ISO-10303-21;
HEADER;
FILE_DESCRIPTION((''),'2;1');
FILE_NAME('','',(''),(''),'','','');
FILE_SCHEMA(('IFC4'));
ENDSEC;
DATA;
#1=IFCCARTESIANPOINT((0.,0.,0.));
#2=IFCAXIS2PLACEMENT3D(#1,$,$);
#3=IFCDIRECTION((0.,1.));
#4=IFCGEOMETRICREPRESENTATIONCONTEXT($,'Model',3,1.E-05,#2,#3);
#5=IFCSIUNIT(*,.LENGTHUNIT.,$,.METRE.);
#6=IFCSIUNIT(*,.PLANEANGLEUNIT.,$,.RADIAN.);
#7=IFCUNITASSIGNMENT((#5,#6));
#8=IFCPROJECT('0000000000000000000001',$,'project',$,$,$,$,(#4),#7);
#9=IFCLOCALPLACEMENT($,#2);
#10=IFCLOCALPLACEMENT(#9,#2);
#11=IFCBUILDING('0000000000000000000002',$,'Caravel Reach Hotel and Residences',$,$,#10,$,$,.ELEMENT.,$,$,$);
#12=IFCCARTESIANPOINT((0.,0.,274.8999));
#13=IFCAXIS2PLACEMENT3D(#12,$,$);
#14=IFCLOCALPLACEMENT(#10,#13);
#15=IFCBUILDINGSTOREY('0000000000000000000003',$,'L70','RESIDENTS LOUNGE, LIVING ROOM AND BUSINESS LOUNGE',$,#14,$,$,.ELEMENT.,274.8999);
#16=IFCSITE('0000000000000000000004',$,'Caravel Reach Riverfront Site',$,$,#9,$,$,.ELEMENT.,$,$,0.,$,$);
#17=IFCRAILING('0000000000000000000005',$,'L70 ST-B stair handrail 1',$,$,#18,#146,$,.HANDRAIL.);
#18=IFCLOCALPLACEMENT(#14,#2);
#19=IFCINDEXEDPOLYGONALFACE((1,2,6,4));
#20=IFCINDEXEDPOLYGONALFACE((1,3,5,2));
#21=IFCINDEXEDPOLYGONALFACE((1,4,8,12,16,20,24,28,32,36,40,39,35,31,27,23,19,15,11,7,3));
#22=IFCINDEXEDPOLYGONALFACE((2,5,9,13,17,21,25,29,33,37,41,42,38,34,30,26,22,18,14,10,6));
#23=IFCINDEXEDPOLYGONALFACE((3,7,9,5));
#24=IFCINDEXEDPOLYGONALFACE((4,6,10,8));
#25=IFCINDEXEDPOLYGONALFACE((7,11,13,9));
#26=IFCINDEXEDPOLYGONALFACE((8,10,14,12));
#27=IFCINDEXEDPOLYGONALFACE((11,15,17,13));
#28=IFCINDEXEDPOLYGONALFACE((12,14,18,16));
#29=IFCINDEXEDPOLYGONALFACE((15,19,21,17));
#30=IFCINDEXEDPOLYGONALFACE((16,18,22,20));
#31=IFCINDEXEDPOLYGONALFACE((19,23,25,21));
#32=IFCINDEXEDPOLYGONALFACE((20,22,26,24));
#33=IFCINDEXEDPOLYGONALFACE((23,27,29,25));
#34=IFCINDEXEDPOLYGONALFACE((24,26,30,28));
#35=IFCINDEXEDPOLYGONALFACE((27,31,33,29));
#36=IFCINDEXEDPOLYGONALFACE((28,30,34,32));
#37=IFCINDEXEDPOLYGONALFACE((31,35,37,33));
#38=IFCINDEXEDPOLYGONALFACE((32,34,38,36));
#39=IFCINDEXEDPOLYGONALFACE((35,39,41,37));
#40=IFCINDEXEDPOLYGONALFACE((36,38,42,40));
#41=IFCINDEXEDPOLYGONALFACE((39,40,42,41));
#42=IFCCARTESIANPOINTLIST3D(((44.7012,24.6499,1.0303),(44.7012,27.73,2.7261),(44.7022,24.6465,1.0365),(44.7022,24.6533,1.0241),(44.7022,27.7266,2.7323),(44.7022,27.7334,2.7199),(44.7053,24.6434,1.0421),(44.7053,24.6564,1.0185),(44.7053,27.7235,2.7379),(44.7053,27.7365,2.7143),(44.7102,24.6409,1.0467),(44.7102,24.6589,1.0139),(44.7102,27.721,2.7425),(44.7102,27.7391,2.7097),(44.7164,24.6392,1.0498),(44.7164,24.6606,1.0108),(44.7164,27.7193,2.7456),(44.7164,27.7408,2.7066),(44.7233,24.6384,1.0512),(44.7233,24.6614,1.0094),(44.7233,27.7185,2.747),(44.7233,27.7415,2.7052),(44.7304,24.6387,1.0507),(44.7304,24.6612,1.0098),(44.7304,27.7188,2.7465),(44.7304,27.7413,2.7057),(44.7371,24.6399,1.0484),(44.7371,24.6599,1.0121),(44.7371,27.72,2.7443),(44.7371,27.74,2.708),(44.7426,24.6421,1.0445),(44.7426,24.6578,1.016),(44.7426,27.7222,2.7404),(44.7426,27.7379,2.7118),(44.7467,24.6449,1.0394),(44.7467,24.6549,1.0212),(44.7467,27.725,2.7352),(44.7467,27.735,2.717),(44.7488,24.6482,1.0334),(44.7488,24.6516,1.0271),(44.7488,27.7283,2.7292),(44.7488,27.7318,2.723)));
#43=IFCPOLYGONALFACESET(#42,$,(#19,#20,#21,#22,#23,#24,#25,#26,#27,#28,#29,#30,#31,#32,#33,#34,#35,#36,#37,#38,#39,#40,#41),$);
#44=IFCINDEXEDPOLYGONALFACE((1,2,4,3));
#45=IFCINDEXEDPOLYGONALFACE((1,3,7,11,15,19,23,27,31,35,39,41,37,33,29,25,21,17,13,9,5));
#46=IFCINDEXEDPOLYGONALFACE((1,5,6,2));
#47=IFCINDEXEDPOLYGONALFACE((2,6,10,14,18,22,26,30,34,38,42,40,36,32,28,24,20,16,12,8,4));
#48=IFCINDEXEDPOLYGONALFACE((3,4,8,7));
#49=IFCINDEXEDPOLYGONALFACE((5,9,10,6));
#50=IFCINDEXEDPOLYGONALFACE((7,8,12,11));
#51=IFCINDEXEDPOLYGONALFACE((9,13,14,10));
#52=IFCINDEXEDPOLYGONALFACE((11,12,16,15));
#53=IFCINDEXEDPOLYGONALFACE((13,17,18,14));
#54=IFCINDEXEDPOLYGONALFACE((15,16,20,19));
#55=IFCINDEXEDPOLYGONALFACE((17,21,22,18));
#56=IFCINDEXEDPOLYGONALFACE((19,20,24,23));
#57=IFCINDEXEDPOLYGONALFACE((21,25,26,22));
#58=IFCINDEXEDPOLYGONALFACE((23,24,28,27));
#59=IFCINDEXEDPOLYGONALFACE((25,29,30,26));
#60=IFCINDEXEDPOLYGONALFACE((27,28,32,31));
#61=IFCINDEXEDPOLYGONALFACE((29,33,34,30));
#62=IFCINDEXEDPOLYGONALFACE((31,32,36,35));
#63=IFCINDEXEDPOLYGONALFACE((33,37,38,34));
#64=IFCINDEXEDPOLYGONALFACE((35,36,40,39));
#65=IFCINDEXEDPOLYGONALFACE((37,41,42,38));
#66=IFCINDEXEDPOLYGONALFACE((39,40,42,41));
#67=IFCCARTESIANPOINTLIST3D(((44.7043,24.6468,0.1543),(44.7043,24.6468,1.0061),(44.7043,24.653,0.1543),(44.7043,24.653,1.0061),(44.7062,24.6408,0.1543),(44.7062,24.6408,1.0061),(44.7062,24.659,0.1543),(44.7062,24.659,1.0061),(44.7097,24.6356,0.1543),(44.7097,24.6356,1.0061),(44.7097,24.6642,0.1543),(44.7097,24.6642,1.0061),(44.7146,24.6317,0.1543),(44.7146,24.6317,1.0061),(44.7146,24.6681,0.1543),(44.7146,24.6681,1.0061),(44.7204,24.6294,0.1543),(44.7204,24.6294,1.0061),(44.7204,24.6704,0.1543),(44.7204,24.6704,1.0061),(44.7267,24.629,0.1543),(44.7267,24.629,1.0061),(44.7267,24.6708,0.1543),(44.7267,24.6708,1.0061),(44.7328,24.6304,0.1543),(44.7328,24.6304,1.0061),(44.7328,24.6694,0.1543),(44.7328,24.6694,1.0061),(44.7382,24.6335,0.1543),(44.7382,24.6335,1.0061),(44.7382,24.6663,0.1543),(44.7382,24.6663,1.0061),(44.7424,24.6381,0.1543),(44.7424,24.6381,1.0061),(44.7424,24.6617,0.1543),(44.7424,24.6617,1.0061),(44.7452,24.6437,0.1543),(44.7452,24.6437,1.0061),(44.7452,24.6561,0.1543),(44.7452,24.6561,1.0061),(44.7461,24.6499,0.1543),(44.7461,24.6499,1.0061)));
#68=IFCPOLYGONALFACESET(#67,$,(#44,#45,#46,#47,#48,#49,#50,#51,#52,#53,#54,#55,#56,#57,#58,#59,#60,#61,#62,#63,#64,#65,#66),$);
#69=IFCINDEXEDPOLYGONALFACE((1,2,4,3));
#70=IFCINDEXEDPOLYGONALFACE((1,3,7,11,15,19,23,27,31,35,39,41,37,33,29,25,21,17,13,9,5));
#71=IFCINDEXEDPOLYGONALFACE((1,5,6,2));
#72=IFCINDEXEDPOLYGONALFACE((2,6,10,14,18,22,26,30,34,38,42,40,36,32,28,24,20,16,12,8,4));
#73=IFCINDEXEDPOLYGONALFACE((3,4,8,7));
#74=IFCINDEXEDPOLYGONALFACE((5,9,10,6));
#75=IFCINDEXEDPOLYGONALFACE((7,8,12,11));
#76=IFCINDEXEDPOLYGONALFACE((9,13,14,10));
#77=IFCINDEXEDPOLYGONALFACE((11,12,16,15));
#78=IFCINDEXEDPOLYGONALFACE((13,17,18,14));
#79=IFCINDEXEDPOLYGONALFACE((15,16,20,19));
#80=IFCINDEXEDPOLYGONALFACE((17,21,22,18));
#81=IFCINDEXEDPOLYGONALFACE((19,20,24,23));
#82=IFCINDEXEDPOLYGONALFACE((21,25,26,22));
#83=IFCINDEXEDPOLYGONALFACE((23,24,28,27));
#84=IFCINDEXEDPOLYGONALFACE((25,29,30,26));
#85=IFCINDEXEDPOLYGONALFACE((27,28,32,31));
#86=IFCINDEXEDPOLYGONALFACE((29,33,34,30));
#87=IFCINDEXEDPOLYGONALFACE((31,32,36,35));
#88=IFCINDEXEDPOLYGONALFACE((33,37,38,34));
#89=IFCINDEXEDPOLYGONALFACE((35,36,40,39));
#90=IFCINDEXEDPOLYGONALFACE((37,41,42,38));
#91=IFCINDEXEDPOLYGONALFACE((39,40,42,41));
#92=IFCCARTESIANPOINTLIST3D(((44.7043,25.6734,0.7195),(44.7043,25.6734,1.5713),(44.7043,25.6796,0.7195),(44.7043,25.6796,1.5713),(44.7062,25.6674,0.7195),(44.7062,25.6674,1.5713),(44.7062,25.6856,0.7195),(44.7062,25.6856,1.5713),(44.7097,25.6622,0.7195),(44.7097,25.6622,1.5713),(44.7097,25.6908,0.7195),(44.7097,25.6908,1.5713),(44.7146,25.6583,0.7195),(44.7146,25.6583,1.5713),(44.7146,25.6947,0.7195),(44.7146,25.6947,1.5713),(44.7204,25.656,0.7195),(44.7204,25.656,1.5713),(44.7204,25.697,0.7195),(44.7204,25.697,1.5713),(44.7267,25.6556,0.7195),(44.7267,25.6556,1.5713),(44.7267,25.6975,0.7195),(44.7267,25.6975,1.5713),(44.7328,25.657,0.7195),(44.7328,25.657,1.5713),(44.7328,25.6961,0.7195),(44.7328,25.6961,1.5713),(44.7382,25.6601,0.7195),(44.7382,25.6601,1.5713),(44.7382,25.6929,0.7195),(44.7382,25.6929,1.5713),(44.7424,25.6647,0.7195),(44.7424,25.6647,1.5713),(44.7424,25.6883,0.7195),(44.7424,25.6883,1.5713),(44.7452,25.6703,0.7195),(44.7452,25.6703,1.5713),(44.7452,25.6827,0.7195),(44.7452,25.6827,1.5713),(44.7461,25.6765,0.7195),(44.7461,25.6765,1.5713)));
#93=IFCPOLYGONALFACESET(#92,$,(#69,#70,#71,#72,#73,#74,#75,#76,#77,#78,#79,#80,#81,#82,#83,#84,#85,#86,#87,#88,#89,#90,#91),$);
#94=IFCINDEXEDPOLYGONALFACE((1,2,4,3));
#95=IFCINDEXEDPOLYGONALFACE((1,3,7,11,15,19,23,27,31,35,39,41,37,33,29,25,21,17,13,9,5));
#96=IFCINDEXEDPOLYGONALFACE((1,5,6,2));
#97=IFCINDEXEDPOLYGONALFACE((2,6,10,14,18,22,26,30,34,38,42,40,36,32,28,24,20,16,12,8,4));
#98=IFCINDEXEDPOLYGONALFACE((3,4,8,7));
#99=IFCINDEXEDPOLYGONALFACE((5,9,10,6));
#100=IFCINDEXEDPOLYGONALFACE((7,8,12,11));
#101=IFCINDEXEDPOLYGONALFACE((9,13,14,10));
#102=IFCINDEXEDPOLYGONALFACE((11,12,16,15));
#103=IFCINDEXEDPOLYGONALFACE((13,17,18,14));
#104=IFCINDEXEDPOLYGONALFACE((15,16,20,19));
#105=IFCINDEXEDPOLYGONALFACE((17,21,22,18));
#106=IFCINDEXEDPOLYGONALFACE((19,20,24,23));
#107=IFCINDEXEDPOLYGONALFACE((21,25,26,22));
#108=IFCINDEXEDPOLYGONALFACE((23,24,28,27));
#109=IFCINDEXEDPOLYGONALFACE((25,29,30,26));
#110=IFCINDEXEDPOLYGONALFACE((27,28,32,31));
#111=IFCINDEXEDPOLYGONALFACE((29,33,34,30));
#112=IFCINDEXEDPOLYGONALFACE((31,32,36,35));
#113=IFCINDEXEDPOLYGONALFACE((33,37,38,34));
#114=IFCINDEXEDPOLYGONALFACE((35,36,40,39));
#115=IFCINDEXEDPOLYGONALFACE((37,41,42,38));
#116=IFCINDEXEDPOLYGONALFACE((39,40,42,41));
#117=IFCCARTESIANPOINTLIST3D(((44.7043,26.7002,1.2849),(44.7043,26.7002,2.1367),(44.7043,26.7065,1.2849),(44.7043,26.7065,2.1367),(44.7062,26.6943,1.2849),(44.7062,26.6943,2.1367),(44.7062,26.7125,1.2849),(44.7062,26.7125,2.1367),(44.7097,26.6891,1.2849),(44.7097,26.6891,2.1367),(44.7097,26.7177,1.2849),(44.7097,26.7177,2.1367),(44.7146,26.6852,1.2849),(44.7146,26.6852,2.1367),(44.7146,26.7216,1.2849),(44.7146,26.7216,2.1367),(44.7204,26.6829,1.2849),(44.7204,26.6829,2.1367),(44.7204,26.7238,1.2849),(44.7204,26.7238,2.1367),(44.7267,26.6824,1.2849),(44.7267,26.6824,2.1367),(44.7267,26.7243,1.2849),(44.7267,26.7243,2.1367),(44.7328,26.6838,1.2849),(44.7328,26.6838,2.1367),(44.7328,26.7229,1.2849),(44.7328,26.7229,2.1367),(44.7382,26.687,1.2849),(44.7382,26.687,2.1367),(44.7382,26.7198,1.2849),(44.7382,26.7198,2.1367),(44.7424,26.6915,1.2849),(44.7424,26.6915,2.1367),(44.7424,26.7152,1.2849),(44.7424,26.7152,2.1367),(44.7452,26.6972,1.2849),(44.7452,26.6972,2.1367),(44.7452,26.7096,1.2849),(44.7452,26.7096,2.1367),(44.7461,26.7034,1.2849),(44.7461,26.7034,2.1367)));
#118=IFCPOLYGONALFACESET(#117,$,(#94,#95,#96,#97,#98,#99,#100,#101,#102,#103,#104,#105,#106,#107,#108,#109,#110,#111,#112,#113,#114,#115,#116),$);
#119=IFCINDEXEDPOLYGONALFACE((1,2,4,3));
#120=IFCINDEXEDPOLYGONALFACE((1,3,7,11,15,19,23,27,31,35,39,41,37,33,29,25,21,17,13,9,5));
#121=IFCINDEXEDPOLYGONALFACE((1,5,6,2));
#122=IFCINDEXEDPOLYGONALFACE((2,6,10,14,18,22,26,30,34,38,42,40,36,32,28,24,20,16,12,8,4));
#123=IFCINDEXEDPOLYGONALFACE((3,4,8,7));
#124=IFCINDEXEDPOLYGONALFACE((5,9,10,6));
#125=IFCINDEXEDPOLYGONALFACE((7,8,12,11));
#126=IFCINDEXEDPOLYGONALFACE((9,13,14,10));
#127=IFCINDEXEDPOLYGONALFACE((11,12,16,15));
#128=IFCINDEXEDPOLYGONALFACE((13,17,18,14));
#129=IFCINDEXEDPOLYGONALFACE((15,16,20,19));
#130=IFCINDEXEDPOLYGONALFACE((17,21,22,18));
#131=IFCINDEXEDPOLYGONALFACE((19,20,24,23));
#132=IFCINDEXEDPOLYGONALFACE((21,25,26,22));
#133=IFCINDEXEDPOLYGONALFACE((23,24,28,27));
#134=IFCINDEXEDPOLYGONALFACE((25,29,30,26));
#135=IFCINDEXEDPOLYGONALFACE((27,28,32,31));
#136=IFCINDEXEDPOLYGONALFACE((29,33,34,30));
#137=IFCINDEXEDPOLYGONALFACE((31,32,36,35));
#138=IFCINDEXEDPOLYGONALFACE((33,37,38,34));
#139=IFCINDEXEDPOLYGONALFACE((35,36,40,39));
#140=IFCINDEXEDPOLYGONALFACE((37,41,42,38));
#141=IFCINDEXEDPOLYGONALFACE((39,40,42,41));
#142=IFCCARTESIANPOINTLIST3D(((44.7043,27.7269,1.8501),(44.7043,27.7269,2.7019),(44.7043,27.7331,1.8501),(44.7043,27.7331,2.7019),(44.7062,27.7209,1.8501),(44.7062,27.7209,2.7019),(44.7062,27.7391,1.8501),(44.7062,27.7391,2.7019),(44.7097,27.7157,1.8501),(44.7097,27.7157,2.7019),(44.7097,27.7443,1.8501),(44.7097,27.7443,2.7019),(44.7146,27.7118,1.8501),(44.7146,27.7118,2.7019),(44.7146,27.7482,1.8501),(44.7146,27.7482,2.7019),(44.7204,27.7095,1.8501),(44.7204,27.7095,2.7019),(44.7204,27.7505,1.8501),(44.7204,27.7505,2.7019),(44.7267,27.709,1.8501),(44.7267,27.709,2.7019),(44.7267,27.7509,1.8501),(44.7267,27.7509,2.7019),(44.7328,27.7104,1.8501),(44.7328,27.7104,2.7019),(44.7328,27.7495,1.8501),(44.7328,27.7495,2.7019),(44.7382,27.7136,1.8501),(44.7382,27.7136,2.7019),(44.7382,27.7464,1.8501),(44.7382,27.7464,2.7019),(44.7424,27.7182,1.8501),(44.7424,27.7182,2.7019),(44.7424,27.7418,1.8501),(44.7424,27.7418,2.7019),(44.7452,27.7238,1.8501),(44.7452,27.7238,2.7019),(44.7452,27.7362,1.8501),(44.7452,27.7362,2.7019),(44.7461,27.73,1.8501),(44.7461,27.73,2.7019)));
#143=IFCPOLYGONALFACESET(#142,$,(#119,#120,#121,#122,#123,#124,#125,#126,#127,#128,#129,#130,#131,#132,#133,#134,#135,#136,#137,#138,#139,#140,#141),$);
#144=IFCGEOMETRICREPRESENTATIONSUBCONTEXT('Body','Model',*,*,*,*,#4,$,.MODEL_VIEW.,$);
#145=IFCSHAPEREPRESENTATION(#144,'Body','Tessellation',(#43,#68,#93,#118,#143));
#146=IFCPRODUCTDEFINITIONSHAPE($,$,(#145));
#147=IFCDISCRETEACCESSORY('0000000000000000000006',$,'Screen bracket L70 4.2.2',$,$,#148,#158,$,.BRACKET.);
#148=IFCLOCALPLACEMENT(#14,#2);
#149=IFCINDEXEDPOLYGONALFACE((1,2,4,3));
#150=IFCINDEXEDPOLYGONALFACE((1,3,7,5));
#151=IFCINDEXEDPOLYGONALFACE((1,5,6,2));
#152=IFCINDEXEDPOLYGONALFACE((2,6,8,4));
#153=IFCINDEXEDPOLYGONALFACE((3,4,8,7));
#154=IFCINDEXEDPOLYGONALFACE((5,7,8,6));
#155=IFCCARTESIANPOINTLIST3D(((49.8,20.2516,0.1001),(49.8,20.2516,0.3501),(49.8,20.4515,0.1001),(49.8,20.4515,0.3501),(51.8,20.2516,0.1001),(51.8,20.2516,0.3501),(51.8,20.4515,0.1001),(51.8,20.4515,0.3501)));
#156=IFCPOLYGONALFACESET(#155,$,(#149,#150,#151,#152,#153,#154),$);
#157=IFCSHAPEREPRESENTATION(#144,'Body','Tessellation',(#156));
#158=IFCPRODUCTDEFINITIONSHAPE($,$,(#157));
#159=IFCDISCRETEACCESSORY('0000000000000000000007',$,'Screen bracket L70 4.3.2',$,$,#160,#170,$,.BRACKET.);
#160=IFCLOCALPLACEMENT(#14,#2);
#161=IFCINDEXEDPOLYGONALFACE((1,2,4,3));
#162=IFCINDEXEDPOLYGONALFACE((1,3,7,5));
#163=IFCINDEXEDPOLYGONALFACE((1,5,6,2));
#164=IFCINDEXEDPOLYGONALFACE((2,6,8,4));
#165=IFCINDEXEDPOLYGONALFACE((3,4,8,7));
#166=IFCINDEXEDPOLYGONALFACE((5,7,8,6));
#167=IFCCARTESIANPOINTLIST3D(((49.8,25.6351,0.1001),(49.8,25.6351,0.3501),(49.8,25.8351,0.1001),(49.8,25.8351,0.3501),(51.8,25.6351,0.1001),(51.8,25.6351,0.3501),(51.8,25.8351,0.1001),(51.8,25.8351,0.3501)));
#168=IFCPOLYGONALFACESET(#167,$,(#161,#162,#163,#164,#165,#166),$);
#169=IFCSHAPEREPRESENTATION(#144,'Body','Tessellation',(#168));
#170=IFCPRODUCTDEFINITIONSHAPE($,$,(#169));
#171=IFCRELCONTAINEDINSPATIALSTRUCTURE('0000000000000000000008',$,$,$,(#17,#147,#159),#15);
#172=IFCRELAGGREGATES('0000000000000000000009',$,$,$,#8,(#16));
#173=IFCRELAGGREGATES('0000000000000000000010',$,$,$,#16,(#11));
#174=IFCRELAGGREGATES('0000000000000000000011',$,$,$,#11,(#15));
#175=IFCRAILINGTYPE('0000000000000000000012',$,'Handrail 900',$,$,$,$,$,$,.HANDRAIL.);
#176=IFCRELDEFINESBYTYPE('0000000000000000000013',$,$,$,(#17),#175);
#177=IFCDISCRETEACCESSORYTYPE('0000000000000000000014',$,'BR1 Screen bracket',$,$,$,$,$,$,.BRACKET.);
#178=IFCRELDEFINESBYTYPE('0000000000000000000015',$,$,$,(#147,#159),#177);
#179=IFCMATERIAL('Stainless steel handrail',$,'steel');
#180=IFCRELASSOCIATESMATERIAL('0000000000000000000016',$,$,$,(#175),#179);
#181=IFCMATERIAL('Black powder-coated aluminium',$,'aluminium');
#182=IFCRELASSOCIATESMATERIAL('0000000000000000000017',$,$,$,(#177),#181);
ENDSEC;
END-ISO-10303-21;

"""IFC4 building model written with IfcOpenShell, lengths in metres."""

from ifc_helpers import new_model, si_unit, direction, frame, origin, origin_2d, place, context, subcontext, project, spatial, rectangle, circle, extrude, material, type_object, element, save


model = new_model("IFC4")

# Units and contexts
model_context = context("Model", 3, precision=1e-05, world=origin(), true_north=direction((0.0, 1.0)))
body_context = subcontext(model_context, "Body", "Model", "MODEL_VIEW")
ifc_project = project(units=[si_unit("LENGTHUNIT", "METRE"), si_unit("PLANEANGLEUNIT", "RADIAN")], contexts=[model_context])

# Site, building, storey
site_placement = place(None, origin())
site = spatial("IfcSite", under=ifc_project, at=site_placement, Name="Caravel Reach Riverfront Site", CompositionType="ELEMENT", RefElevation=0.0)
building_placement = place(site_placement, origin())
building = spatial("IfcBuilding", under=site, at=building_placement, Name="Caravel Reach Hotel and Residences", CompositionType="ELEMENT")
storey_placement = place(building_placement, frame((0.0, 0.0, 274.8999)))
storey = spatial("IfcBuildingStorey", under=building, at=storey_placement, Name="L70", Description="RESIDENTS LOUNGE, LIVING ROOM AND BUSINESS LOUNGE", CompositionType="ELEMENT", Elevation=274.8999)

# Railing
ifc_material_1 = material(Name="Stainless steel handrail", Category="steel")
railing_type_1 = type_object("IfcRailingType", Name="Handrail 900", PredefinedType="HANDRAIL", material=ifc_material_1)
railing_1_placement = place(storey_placement, frame((44.7251, 24.6499, 0.1543)))
element("IfcRailing", 1, at=railing_1_placement, inside=storey, type_object=railing_type_1, Name="L70 ST-B stair handrail 1", PredefinedType="HANDRAIL", context=body_context, shape_type="SweptSolid", body=[
    extrude(circle(Radius=0.0239, at=origin_2d()), frame((0.0, 0.0, 0.876), z_axis=(0.0, 0.876005, 0.482303), x_axis=(-1.0, 0.0, 0.0)), (0.0, 0.0, 1.0), 3.5161),
    extrude(circle(Radius=0.021, at=origin_2d()), origin(), (0.0, 0.0, 1.0), 0.8518),
    extrude(circle(Radius=0.021, at=origin_2d()), frame((0.0, 1.0266, 0.5652)), (0.0, 0.0, 1.0), 0.8518),
    extrude(circle(Radius=0.021, at=origin_2d()), frame((0.0, 2.0535, 1.1306)), (0.0, 0.0, 1.0), 0.8518),
    extrude(circle(Radius=0.021, at=origin_2d()), frame((0.0, 3.0801, 1.6958)), (0.0, 0.0, 1.0), 0.8518),
])

# Discrete accessories
ifc_material_2 = material(Name="Black powder-coated aluminium", Category="aluminium")
discrete_accessory_type = type_object("IfcDiscreteAccessoryType", Name="BR1 Screen bracket", PredefinedType="BRACKET", material=ifc_material_2)
for number, where, z_axis, x_axis, name in (
    (2, (50.8, 20.3516, 0.1001), (0.0, 0.0, 1.0), (1.0, 0.0, 0.0), "Screen bracket L70 4.2.2"),
    (3, (50.8, 25.7351, 0.1001), (0.0, 0.0, 1.0), (1.0, 0.0, 0.0), "Screen bracket L70 4.3.2"),
):
    element("IfcDiscreteAccessory", number, at=place(storey_placement, frame(where, z_axis=z_axis, x_axis=x_axis)), inside=storey, type_object=discrete_accessory_type, Name=name, PredefinedType="BRACKET", context=body_context, shape_type="SweptSolid", body=[
        extrude(rectangle(XDim=2.0, YDim=0.2, at=origin_2d()), origin(), (0.0, 0.0, 1.0), 0.25),
    ])

save(model, "model.ifc")
